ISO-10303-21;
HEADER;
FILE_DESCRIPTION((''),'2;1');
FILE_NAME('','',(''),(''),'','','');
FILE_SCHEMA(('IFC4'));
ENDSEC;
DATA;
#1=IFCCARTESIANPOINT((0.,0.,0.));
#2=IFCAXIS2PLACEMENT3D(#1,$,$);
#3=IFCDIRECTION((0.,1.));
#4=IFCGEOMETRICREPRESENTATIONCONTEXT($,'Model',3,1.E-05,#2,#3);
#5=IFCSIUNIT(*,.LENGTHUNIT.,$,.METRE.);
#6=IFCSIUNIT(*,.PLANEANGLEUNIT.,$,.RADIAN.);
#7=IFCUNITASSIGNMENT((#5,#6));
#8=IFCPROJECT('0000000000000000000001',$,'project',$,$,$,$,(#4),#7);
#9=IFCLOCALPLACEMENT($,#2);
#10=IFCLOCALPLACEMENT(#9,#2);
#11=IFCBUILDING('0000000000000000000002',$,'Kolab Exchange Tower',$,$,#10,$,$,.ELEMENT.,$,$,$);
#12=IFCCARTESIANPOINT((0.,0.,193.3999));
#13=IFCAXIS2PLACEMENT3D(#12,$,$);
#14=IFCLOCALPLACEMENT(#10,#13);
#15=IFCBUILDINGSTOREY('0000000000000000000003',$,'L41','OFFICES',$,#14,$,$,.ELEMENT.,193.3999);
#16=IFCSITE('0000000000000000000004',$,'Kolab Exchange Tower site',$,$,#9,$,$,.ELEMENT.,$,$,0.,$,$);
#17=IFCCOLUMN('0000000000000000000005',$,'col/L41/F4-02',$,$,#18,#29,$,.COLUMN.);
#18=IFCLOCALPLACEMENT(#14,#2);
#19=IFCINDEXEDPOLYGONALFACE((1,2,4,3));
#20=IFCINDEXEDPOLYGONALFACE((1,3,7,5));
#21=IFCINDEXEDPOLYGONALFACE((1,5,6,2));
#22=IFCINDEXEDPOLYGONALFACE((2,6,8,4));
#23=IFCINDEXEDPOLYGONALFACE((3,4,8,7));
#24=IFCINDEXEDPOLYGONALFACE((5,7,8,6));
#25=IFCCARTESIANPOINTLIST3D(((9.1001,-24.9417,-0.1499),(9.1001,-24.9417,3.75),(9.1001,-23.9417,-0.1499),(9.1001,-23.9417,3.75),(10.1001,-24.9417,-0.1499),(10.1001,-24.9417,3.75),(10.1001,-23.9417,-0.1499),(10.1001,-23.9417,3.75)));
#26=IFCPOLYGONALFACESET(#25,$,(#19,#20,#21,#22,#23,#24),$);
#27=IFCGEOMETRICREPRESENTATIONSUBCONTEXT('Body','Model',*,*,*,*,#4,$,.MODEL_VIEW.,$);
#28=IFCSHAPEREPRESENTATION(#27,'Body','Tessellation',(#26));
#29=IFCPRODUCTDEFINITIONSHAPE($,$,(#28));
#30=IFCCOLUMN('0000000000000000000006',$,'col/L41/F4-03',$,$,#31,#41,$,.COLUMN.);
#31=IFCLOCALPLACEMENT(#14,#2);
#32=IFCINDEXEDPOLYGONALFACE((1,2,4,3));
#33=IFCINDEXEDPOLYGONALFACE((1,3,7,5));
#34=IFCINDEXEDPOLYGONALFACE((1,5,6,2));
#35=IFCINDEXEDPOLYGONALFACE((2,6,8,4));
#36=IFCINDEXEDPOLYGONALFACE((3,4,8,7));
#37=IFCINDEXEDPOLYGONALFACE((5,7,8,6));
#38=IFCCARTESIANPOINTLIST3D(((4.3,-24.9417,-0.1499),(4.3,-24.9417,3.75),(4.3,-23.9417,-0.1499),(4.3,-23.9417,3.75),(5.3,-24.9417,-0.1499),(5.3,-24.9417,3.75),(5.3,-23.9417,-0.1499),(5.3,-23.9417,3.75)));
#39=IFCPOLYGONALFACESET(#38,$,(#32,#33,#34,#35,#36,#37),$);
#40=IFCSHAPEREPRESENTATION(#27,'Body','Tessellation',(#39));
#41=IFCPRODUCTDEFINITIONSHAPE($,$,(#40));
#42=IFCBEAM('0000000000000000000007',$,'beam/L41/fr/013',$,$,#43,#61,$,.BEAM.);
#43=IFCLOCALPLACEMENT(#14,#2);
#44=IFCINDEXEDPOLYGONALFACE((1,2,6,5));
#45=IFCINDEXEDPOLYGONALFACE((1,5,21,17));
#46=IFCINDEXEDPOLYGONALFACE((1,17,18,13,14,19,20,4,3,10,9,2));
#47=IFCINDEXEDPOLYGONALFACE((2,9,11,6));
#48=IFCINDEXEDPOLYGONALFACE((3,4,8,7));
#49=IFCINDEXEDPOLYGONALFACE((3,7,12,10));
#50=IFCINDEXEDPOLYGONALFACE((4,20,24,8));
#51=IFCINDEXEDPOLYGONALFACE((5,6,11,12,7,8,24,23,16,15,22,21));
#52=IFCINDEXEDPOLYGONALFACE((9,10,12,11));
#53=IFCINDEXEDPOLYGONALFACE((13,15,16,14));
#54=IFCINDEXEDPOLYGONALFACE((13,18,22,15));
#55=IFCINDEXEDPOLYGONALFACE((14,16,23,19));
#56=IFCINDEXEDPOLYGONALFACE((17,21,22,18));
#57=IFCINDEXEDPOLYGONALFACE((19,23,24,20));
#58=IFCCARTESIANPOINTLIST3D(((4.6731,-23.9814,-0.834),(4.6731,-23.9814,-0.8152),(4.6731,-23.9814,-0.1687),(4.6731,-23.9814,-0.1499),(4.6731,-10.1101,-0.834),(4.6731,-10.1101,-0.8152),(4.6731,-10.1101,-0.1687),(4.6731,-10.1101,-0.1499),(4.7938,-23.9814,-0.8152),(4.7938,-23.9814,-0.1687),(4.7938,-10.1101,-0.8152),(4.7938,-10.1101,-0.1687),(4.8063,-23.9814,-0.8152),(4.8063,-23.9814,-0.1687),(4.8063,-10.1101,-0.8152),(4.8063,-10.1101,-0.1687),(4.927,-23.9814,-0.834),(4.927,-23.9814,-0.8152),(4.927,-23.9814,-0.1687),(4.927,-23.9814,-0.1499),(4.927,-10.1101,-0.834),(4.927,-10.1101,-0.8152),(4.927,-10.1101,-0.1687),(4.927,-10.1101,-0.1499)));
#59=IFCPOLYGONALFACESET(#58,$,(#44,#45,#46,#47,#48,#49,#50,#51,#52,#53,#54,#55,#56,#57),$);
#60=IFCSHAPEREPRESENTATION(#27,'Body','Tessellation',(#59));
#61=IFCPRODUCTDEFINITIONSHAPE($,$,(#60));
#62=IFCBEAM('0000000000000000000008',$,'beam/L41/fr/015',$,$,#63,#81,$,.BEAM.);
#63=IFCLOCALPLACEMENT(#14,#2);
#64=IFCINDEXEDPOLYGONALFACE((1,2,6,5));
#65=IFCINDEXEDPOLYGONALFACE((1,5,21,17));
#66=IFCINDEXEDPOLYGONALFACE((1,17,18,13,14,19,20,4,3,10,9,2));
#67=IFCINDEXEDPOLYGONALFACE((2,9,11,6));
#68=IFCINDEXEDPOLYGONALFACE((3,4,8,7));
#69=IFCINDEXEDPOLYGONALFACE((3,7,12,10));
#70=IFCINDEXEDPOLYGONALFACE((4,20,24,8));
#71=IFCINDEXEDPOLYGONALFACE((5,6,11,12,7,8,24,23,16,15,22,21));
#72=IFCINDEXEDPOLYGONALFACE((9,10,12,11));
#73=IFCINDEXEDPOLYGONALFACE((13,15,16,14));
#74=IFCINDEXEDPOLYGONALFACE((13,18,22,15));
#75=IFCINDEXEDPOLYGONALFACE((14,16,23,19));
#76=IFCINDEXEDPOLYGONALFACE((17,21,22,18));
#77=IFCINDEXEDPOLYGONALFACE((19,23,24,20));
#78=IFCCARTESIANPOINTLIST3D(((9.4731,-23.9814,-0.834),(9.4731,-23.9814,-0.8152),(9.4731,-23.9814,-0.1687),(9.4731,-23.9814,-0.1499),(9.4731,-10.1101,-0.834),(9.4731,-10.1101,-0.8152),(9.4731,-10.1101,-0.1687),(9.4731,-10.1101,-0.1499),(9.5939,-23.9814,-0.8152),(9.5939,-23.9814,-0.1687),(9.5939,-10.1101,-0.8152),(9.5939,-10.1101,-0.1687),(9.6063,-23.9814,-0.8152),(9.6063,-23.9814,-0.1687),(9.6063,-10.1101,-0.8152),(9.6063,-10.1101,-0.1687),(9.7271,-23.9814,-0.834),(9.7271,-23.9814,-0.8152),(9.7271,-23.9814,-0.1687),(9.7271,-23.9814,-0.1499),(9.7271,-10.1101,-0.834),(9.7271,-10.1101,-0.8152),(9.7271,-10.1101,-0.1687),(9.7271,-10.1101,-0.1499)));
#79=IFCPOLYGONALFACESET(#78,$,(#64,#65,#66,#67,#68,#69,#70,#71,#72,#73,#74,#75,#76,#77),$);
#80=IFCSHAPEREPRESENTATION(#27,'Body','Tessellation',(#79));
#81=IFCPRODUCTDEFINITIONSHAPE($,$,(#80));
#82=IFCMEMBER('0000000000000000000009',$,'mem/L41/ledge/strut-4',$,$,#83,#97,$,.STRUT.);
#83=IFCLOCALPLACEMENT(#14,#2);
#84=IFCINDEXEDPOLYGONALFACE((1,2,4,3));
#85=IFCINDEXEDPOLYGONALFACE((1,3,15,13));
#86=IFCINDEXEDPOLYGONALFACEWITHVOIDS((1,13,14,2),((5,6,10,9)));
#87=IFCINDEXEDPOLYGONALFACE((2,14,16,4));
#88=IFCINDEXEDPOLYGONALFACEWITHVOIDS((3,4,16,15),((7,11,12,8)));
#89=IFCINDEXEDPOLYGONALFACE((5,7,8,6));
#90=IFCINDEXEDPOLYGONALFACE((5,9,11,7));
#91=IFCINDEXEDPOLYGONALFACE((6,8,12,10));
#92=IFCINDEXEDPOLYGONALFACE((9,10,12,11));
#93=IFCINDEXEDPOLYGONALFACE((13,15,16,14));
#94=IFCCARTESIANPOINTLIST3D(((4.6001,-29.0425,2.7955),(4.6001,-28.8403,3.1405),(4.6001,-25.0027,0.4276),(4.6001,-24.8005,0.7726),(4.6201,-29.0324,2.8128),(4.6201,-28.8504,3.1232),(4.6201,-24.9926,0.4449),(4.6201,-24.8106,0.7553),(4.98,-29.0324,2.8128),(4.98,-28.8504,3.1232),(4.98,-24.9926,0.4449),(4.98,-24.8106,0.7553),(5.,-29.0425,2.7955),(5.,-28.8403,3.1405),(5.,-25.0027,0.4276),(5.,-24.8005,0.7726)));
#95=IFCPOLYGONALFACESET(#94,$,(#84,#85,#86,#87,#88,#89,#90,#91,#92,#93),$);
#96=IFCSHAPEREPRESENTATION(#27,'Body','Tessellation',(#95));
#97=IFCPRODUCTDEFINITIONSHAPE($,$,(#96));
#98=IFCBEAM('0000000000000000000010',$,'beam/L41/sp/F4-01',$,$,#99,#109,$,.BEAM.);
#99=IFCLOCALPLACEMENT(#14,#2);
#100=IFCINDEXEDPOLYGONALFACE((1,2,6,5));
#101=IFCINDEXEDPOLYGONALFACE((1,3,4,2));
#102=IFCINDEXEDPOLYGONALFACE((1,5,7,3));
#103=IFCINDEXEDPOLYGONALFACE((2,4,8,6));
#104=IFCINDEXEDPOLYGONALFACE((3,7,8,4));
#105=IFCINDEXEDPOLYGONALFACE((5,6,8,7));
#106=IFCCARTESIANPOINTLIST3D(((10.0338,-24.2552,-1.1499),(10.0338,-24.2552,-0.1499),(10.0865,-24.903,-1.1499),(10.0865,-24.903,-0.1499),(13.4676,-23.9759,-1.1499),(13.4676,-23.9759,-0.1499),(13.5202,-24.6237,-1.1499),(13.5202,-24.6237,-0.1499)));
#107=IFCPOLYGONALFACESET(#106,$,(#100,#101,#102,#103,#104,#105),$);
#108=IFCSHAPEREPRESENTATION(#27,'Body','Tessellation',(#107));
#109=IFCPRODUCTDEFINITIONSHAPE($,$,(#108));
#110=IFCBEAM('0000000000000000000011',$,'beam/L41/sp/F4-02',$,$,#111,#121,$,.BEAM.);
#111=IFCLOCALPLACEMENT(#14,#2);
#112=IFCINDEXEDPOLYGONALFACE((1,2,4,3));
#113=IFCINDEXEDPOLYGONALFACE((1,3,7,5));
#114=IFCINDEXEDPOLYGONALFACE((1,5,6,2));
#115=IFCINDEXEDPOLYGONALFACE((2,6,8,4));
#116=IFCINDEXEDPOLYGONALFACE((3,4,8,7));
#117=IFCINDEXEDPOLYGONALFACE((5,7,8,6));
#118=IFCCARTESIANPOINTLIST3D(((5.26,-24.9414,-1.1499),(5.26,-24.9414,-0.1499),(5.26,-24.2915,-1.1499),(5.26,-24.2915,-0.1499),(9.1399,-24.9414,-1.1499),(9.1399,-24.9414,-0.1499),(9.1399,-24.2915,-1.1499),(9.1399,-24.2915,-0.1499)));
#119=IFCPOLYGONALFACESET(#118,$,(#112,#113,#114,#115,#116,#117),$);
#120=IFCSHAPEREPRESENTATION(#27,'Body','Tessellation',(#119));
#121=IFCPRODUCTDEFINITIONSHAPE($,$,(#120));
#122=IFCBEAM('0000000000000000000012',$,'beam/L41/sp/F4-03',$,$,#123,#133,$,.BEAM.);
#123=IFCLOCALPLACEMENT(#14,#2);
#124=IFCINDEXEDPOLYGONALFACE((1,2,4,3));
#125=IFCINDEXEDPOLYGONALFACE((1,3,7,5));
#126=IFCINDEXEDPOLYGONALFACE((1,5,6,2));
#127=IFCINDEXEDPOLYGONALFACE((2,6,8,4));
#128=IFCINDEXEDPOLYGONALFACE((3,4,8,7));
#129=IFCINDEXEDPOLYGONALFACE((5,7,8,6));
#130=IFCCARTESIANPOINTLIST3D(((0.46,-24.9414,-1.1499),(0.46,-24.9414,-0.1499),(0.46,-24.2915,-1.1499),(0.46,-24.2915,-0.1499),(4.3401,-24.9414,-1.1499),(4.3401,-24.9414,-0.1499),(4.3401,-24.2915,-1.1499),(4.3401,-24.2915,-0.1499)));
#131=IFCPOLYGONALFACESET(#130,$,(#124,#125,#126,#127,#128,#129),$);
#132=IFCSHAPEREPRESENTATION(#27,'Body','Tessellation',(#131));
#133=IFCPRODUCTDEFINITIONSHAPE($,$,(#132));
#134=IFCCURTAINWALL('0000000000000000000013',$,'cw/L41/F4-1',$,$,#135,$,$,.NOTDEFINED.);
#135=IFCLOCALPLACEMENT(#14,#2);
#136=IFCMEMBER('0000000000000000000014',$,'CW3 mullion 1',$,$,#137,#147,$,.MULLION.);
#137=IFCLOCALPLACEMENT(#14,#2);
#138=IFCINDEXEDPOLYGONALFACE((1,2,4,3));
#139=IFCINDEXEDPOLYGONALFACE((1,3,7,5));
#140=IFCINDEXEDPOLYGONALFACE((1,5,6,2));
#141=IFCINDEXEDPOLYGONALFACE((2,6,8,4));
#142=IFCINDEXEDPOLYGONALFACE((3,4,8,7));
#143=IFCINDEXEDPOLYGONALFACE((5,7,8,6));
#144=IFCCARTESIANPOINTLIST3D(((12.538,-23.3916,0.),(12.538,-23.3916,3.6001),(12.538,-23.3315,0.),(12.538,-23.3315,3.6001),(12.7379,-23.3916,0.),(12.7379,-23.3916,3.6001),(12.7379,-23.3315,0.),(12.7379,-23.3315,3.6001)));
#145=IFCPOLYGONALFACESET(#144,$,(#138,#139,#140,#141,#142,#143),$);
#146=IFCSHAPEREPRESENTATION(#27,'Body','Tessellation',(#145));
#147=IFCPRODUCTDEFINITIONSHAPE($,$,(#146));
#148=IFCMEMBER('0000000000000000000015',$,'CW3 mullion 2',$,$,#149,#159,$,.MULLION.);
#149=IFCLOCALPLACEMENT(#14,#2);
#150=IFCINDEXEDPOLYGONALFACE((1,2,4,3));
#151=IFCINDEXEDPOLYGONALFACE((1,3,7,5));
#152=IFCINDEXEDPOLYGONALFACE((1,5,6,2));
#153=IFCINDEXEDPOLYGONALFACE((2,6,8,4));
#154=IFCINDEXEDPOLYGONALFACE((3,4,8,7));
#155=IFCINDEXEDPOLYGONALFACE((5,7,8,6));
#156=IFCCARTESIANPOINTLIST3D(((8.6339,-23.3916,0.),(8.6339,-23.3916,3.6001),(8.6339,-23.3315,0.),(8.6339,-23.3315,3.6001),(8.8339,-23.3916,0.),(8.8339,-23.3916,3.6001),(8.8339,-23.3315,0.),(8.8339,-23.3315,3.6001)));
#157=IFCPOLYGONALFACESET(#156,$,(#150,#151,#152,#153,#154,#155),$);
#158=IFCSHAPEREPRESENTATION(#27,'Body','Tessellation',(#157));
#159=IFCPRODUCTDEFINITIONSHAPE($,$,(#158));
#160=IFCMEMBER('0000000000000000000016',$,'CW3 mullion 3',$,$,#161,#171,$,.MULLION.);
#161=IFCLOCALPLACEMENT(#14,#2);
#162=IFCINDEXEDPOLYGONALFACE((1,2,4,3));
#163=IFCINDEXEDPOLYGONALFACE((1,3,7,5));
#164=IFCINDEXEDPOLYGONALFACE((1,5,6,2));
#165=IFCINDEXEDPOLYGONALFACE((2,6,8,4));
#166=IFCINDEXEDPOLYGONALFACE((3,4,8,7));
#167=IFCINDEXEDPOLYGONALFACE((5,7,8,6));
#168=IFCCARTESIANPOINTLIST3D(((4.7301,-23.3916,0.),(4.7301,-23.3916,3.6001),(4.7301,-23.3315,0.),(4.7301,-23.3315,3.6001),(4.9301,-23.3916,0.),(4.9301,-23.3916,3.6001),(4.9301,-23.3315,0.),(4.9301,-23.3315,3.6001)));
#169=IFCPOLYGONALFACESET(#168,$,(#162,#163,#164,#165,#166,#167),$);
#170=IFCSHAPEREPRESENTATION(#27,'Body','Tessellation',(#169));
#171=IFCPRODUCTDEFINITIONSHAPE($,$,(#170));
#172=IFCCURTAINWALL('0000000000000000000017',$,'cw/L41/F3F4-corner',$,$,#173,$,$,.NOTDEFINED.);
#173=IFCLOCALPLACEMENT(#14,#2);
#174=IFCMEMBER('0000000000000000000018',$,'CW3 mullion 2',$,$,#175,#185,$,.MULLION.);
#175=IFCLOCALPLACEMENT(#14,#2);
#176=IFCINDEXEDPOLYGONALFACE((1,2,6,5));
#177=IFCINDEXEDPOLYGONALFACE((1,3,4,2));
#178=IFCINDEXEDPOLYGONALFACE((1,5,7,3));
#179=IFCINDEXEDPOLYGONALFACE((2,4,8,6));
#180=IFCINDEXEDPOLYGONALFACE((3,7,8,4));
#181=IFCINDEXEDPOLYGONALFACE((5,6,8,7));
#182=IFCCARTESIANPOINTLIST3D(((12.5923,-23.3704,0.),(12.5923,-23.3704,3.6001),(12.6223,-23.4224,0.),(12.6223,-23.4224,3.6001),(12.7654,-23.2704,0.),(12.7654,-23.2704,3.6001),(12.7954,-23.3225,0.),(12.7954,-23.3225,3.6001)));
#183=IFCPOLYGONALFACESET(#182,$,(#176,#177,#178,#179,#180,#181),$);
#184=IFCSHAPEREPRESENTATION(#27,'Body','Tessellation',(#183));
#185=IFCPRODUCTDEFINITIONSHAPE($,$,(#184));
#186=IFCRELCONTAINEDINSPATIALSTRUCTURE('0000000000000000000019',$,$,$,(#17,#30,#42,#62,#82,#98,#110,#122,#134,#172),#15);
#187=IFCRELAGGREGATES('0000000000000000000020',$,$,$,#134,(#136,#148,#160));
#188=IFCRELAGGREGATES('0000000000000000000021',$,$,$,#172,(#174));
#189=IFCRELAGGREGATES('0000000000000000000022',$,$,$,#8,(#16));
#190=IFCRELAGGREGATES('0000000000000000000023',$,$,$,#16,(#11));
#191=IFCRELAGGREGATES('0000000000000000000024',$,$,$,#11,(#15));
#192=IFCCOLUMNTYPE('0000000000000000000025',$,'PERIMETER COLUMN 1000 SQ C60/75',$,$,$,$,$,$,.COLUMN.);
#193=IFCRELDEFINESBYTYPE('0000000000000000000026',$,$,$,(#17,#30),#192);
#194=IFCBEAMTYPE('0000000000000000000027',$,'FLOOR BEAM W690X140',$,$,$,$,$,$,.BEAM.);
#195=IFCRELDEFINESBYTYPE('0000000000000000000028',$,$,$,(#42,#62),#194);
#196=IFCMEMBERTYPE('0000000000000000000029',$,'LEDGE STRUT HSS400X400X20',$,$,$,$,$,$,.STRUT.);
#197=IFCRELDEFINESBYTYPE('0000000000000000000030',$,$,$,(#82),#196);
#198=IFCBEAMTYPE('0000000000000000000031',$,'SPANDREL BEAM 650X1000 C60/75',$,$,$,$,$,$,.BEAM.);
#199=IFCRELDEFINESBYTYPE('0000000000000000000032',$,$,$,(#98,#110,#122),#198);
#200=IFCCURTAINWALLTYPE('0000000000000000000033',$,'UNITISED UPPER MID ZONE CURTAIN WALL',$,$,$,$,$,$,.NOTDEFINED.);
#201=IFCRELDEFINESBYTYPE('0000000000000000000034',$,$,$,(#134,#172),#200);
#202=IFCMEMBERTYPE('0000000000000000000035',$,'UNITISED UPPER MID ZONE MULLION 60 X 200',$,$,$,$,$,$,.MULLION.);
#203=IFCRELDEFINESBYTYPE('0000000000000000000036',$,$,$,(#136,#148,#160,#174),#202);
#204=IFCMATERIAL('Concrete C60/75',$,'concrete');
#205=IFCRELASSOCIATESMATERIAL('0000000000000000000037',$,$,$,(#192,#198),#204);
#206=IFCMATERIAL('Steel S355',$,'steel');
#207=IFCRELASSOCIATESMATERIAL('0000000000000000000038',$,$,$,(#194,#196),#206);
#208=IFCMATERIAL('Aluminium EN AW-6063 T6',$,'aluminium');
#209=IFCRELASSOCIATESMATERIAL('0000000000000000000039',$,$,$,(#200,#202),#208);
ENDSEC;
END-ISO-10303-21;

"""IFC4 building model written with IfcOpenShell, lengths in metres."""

from ifc_helpers import new_model, si_unit, direction, frame, origin, origin_2d, place, context, subcontext, project, spatial, rectangle, hollow_rectangle, i_section, extrude, material, material_profile, profile_set, type_object, element, aggregate, save


model = new_model("IFC4")

# Units and contexts
model_context = context("Model", 3, precision=1e-05, world=origin(), true_north=direction((0.0, 1.0)))
body_context = subcontext(model_context, "Body", "Model", "MODEL_VIEW")
ifc_project = project(units=[si_unit("LENGTHUNIT", "METRE"), si_unit("PLANEANGLEUNIT", "RADIAN")], contexts=[model_context])

# Site, building, storey
site_placement = place(None, origin())
site = spatial("IfcSite", under=ifc_project, at=site_placement, Name="Kolab Exchange Tower site", CompositionType="ELEMENT", RefElevation=0.0)
building_placement = place(site_placement, origin())
building = spatial("IfcBuilding", under=site, at=building_placement, Name="Kolab Exchange Tower", CompositionType="ELEMENT")
storey_placement = place(building_placement, frame((0.0, 0.0, 193.3999)))
storey = spatial("IfcBuildingStorey", under=building, at=storey_placement, Name="L41", Description="OFFICES", CompositionType="ELEMENT", Elevation=193.3999)

# Columns
ifc_material_1 = material(Name="Concrete C60/75", Category="concrete")
ifc_material_profile_1 = material_profile(ifc_material_1, rectangle(XDim=1.0, YDim=1.0, at=origin_2d()), Name="RC1000")
ifc_profile_set_1 = profile_set([ifc_material_profile_1], Name="Concrete C60/75")
column_type = type_object("IfcColumnType", Name="PERIMETER COLUMN 1000 SQ C60/75", PredefinedType="COLUMN", material=ifc_profile_set_1)
for number, where, z_axis, x_axis, name in (
    (1, (9.6001, -24.4417, -0.1499), (0.0, 0.0, 1.0), (1.0, 0.0, 0.0), "col/L41/F4-02"),
    (2, (4.8, -24.4417, -0.1499), (0.0, 0.0, 1.0), (1.0, 0.0, 0.0), "col/L41/F4-03"),
):
    element("IfcColumn", number, at=place(storey_placement, frame(where, z_axis=z_axis, x_axis=x_axis)), inside=storey, type_object=column_type, Name=name, PredefinedType="COLUMN", context=body_context, shape_type="SweptSolid", body=[
        extrude(rectangle(XDim=1.0, YDim=1.0, at=origin_2d()), origin(), (0.0, 0.0, 1.0), 3.8999),
    ])

# Beams
ifc_material_2 = material(Name="Steel S355", Category="steel")
ifc_material_profile_2 = material_profile(ifc_material_2, i_section(OverallWidth=0.2539, OverallDepth=0.6841, WebThickness=0.0125, FlangeThickness=0.0188, at=origin_2d()), Name="W690X140")
ifc_profile_set_2 = profile_set([ifc_material_profile_2], Name="Steel S355")
beam_type_1 = type_object("IfcBeamType", Name="FLOOR BEAM W690X140", PredefinedType="BEAM", material=ifc_profile_set_2)
for number, where, z_axis, x_axis, name in (
    (3, (4.8, -23.9814, -0.4919), (0.0, 1.0, 0.0), (-1.0, 0.0, 0.0), "beam/L41/fr/013"),
    (4, (9.6001, -23.9814, -0.4919), (0.0, 1.0, 0.0), (-1.0, 0.0, 0.0), "beam/L41/fr/015"),
):
    element("IfcBeam", number, at=place(storey_placement, frame(where, z_axis=z_axis, x_axis=x_axis)), inside=storey, type_object=beam_type_1, Name=name, PredefinedType="BEAM", context=body_context, shape_type="SweptSolid", body=[
        extrude(i_section(OverallWidth=0.2539, OverallDepth=0.6841, WebThickness=0.0125, FlangeThickness=0.0188, at=origin_2d()), origin(), (0.0, 0.0, 1.0), 13.8713),
    ])

# Member
ifc_material_profile_3 = material_profile(ifc_material_2, hollow_rectangle(XDim=0.3999, YDim=0.3999, WallThickness=0.02, at=origin_2d()), Name="HSS400X400X20")
ifc_profile_set_3 = profile_set([ifc_material_profile_3], Name="Steel S355")
member_type_1 = type_object("IfcMemberType", Name="LEDGE STRUT HSS400X400X20", PredefinedType="STRUT", material=ifc_profile_set_3)
member_1_placement = place(storey_placement, frame((4.8, -24.9016, 0.6001), z_axis=(0.0, -0.86272, 0.505682), x_axis=(1.0, 0.0, 0.0)))
element("IfcMember", 5, at=member_1_placement, inside=storey, type_object=member_type_1, Name="mem/L41/ledge/strut-4", PredefinedType="STRUT", context=body_context, shape_type="SweptSolid", body=[
    extrude(hollow_rectangle(XDim=0.3999, YDim=0.3999, WallThickness=0.02, at=origin_2d()), origin(), (0.0, 0.0, 1.0), 4.6826),
])

# Beams
ifc_material_profile_4 = material_profile(ifc_material_1, rectangle(XDim=0.6499, YDim=1.0, at=origin_2d()), Name="RC650X1000")
ifc_profile_set_4 = profile_set([ifc_material_profile_4], Name="Concrete C60/75")
beam_type_2 = type_object("IfcBeamType", Name="SPANDREL BEAM 650X1000 C60/75", PredefinedType="BEAM", material=ifc_profile_set_4)
beam_1_placement = place(storey_placement, frame((13.4939, -24.2998, -0.6499), z_axis=(-0.996708, -0.081069, 0.0), x_axis=(0.081069, -0.996708, 0.0)))
element("IfcBeam", 6, at=beam_1_placement, inside=storey, type_object=beam_type_2, Name="beam/L41/sp/F4-01", PredefinedType="BEAM", context=body_context, shape_type="SweptSolid", body=[
    extrude(rectangle(XDim=0.6499, YDim=1.0, at=origin_2d()), origin(), (0.0, 0.0, 1.0), 3.4451),
])
beam_2_placement = place(storey_placement, frame((9.1399, -24.6165, -0.6499), z_axis=(-1.0, 0.0, 0.0), x_axis=(0.0, -1.0, 0.0)))
element("IfcBeam", 7, at=beam_2_placement, inside=storey, type_object=beam_type_2, Name="beam/L41/sp/F4-02", PredefinedType="BEAM", context=body_context, shape_type="SweptSolid", body=[
    extrude(rectangle(XDim=0.6499, YDim=1.0, at=origin_2d()), origin(), (0.0, 0.0, 1.0), 3.8799),
])
beam_3_placement = place(storey_placement, frame((4.3401, -24.6165, -0.6499), z_axis=(-1.0, 0.0, 0.0), x_axis=(0.0, -1.0, 0.0)))
element("IfcBeam", 8, at=beam_3_placement, inside=storey, type_object=beam_type_2, Name="beam/L41/sp/F4-03", PredefinedType="BEAM", context=body_context, shape_type="SweptSolid", body=[
    extrude(rectangle(XDim=0.6499, YDim=1.0, at=origin_2d()), origin(), (0.0, 0.0, 1.0), 3.8801),
])

# Curtain wall, members
ifc_material_3 = material(Name="Aluminium EN AW-6063 T6", Category="aluminium")
curtain_wall_type = type_object("IfcCurtainWallType", Name="UNITISED UPPER MID ZONE CURTAIN WALL", PredefinedType="NOTDEFINED", material=ifc_material_3)
curtain_wall_1_placement = place(storey_placement, origin())
curtain_wall_1 = element("IfcCurtainWall", 9, at=curtain_wall_1_placement, inside=storey, type_object=curtain_wall_type, Name="cw/L41/F4-1", PredefinedType="NOTDEFINED")
ifc_material_profile_5 = material_profile(ifc_material_3, rectangle(XDim=0.0601, YDim=0.2, at=origin_2d()), Name="RECT 60X200")
ifc_profile_set_5 = profile_set([ifc_material_profile_5], Name="Aluminium EN AW-6063 T6")
member_type_2 = type_object("IfcMemberType", Name="UNITISED UPPER MID ZONE MULLION 60 X 200", PredefinedType="MULLION", material=ifc_profile_set_5)
member_2_placement = place(storey_placement, frame((12.6379, -23.3616, 0.0), z_axis=(0.0, 0.0, 1.0), x_axis=(0.0, -1.0, 0.0)))
member_2 = element("IfcMember", 10, at=member_2_placement, type_object=member_type_2, Name="CW3 mullion 1", PredefinedType="MULLION", context=body_context, shape_type="SweptSolid", body=[
    extrude(rectangle(XDim=0.0601, YDim=0.2, at=origin_2d()), origin(), (0.0, 0.0, 1.0), 3.6001),
])
member_3_placement = place(storey_placement, frame((8.7339, -23.3616, 0.0), z_axis=(0.0, 0.0, 1.0), x_axis=(0.0, -1.0, 0.0)))
member_3 = element("IfcMember", 11, at=member_3_placement, type_object=member_type_2, Name="CW3 mullion 2", PredefinedType="MULLION", context=body_context, shape_type="SweptSolid", body=[
    extrude(rectangle(XDim=0.0601, YDim=0.2, at=origin_2d()), origin(), (0.0, 0.0, 1.0), 3.6001),
])
member_4_placement = place(storey_placement, frame((4.8301, -23.3616, 0.0), z_axis=(0.0, 0.0, 1.0), x_axis=(0.0, -1.0, 0.0)))
member_4 = element("IfcMember", 12, at=member_4_placement, type_object=member_type_2, Name="CW3 mullion 3", PredefinedType="MULLION", context=body_context, shape_type="SweptSolid", body=[
    extrude(rectangle(XDim=0.0601, YDim=0.2, at=origin_2d()), origin(), (0.0, 0.0, 1.0), 3.6001),
])

# Curtain wall, member
curtain_wall_2_placement = place(storey_placement, origin())
curtain_wall_2 = element("IfcCurtainWall", 13, at=curtain_wall_2_placement, inside=storey, type_object=curtain_wall_type, Name="cw/L41/F3F4-corner", PredefinedType="NOTDEFINED")
member_5_placement = place(storey_placement, frame((12.6938, -23.3464, 0.0), z_axis=(0.0, 0.0, 1.0), x_axis=(0.5, -0.866025, 0.0)))
member_5 = element("IfcMember", 14, at=member_5_placement, type_object=member_type_2, Name="CW3 mullion 2", PredefinedType="MULLION", context=body_context, shape_type="SweptSolid", body=[
    extrude(rectangle(XDim=0.0601, YDim=0.2, at=origin_2d()), origin(), (0.0, 0.0, 1.0), 3.6001),
])

aggregate(curtain_wall_1, [member_2, member_3, member_4])
aggregate(curtain_wall_2, [member_5])

save(model, "model.ifc")
